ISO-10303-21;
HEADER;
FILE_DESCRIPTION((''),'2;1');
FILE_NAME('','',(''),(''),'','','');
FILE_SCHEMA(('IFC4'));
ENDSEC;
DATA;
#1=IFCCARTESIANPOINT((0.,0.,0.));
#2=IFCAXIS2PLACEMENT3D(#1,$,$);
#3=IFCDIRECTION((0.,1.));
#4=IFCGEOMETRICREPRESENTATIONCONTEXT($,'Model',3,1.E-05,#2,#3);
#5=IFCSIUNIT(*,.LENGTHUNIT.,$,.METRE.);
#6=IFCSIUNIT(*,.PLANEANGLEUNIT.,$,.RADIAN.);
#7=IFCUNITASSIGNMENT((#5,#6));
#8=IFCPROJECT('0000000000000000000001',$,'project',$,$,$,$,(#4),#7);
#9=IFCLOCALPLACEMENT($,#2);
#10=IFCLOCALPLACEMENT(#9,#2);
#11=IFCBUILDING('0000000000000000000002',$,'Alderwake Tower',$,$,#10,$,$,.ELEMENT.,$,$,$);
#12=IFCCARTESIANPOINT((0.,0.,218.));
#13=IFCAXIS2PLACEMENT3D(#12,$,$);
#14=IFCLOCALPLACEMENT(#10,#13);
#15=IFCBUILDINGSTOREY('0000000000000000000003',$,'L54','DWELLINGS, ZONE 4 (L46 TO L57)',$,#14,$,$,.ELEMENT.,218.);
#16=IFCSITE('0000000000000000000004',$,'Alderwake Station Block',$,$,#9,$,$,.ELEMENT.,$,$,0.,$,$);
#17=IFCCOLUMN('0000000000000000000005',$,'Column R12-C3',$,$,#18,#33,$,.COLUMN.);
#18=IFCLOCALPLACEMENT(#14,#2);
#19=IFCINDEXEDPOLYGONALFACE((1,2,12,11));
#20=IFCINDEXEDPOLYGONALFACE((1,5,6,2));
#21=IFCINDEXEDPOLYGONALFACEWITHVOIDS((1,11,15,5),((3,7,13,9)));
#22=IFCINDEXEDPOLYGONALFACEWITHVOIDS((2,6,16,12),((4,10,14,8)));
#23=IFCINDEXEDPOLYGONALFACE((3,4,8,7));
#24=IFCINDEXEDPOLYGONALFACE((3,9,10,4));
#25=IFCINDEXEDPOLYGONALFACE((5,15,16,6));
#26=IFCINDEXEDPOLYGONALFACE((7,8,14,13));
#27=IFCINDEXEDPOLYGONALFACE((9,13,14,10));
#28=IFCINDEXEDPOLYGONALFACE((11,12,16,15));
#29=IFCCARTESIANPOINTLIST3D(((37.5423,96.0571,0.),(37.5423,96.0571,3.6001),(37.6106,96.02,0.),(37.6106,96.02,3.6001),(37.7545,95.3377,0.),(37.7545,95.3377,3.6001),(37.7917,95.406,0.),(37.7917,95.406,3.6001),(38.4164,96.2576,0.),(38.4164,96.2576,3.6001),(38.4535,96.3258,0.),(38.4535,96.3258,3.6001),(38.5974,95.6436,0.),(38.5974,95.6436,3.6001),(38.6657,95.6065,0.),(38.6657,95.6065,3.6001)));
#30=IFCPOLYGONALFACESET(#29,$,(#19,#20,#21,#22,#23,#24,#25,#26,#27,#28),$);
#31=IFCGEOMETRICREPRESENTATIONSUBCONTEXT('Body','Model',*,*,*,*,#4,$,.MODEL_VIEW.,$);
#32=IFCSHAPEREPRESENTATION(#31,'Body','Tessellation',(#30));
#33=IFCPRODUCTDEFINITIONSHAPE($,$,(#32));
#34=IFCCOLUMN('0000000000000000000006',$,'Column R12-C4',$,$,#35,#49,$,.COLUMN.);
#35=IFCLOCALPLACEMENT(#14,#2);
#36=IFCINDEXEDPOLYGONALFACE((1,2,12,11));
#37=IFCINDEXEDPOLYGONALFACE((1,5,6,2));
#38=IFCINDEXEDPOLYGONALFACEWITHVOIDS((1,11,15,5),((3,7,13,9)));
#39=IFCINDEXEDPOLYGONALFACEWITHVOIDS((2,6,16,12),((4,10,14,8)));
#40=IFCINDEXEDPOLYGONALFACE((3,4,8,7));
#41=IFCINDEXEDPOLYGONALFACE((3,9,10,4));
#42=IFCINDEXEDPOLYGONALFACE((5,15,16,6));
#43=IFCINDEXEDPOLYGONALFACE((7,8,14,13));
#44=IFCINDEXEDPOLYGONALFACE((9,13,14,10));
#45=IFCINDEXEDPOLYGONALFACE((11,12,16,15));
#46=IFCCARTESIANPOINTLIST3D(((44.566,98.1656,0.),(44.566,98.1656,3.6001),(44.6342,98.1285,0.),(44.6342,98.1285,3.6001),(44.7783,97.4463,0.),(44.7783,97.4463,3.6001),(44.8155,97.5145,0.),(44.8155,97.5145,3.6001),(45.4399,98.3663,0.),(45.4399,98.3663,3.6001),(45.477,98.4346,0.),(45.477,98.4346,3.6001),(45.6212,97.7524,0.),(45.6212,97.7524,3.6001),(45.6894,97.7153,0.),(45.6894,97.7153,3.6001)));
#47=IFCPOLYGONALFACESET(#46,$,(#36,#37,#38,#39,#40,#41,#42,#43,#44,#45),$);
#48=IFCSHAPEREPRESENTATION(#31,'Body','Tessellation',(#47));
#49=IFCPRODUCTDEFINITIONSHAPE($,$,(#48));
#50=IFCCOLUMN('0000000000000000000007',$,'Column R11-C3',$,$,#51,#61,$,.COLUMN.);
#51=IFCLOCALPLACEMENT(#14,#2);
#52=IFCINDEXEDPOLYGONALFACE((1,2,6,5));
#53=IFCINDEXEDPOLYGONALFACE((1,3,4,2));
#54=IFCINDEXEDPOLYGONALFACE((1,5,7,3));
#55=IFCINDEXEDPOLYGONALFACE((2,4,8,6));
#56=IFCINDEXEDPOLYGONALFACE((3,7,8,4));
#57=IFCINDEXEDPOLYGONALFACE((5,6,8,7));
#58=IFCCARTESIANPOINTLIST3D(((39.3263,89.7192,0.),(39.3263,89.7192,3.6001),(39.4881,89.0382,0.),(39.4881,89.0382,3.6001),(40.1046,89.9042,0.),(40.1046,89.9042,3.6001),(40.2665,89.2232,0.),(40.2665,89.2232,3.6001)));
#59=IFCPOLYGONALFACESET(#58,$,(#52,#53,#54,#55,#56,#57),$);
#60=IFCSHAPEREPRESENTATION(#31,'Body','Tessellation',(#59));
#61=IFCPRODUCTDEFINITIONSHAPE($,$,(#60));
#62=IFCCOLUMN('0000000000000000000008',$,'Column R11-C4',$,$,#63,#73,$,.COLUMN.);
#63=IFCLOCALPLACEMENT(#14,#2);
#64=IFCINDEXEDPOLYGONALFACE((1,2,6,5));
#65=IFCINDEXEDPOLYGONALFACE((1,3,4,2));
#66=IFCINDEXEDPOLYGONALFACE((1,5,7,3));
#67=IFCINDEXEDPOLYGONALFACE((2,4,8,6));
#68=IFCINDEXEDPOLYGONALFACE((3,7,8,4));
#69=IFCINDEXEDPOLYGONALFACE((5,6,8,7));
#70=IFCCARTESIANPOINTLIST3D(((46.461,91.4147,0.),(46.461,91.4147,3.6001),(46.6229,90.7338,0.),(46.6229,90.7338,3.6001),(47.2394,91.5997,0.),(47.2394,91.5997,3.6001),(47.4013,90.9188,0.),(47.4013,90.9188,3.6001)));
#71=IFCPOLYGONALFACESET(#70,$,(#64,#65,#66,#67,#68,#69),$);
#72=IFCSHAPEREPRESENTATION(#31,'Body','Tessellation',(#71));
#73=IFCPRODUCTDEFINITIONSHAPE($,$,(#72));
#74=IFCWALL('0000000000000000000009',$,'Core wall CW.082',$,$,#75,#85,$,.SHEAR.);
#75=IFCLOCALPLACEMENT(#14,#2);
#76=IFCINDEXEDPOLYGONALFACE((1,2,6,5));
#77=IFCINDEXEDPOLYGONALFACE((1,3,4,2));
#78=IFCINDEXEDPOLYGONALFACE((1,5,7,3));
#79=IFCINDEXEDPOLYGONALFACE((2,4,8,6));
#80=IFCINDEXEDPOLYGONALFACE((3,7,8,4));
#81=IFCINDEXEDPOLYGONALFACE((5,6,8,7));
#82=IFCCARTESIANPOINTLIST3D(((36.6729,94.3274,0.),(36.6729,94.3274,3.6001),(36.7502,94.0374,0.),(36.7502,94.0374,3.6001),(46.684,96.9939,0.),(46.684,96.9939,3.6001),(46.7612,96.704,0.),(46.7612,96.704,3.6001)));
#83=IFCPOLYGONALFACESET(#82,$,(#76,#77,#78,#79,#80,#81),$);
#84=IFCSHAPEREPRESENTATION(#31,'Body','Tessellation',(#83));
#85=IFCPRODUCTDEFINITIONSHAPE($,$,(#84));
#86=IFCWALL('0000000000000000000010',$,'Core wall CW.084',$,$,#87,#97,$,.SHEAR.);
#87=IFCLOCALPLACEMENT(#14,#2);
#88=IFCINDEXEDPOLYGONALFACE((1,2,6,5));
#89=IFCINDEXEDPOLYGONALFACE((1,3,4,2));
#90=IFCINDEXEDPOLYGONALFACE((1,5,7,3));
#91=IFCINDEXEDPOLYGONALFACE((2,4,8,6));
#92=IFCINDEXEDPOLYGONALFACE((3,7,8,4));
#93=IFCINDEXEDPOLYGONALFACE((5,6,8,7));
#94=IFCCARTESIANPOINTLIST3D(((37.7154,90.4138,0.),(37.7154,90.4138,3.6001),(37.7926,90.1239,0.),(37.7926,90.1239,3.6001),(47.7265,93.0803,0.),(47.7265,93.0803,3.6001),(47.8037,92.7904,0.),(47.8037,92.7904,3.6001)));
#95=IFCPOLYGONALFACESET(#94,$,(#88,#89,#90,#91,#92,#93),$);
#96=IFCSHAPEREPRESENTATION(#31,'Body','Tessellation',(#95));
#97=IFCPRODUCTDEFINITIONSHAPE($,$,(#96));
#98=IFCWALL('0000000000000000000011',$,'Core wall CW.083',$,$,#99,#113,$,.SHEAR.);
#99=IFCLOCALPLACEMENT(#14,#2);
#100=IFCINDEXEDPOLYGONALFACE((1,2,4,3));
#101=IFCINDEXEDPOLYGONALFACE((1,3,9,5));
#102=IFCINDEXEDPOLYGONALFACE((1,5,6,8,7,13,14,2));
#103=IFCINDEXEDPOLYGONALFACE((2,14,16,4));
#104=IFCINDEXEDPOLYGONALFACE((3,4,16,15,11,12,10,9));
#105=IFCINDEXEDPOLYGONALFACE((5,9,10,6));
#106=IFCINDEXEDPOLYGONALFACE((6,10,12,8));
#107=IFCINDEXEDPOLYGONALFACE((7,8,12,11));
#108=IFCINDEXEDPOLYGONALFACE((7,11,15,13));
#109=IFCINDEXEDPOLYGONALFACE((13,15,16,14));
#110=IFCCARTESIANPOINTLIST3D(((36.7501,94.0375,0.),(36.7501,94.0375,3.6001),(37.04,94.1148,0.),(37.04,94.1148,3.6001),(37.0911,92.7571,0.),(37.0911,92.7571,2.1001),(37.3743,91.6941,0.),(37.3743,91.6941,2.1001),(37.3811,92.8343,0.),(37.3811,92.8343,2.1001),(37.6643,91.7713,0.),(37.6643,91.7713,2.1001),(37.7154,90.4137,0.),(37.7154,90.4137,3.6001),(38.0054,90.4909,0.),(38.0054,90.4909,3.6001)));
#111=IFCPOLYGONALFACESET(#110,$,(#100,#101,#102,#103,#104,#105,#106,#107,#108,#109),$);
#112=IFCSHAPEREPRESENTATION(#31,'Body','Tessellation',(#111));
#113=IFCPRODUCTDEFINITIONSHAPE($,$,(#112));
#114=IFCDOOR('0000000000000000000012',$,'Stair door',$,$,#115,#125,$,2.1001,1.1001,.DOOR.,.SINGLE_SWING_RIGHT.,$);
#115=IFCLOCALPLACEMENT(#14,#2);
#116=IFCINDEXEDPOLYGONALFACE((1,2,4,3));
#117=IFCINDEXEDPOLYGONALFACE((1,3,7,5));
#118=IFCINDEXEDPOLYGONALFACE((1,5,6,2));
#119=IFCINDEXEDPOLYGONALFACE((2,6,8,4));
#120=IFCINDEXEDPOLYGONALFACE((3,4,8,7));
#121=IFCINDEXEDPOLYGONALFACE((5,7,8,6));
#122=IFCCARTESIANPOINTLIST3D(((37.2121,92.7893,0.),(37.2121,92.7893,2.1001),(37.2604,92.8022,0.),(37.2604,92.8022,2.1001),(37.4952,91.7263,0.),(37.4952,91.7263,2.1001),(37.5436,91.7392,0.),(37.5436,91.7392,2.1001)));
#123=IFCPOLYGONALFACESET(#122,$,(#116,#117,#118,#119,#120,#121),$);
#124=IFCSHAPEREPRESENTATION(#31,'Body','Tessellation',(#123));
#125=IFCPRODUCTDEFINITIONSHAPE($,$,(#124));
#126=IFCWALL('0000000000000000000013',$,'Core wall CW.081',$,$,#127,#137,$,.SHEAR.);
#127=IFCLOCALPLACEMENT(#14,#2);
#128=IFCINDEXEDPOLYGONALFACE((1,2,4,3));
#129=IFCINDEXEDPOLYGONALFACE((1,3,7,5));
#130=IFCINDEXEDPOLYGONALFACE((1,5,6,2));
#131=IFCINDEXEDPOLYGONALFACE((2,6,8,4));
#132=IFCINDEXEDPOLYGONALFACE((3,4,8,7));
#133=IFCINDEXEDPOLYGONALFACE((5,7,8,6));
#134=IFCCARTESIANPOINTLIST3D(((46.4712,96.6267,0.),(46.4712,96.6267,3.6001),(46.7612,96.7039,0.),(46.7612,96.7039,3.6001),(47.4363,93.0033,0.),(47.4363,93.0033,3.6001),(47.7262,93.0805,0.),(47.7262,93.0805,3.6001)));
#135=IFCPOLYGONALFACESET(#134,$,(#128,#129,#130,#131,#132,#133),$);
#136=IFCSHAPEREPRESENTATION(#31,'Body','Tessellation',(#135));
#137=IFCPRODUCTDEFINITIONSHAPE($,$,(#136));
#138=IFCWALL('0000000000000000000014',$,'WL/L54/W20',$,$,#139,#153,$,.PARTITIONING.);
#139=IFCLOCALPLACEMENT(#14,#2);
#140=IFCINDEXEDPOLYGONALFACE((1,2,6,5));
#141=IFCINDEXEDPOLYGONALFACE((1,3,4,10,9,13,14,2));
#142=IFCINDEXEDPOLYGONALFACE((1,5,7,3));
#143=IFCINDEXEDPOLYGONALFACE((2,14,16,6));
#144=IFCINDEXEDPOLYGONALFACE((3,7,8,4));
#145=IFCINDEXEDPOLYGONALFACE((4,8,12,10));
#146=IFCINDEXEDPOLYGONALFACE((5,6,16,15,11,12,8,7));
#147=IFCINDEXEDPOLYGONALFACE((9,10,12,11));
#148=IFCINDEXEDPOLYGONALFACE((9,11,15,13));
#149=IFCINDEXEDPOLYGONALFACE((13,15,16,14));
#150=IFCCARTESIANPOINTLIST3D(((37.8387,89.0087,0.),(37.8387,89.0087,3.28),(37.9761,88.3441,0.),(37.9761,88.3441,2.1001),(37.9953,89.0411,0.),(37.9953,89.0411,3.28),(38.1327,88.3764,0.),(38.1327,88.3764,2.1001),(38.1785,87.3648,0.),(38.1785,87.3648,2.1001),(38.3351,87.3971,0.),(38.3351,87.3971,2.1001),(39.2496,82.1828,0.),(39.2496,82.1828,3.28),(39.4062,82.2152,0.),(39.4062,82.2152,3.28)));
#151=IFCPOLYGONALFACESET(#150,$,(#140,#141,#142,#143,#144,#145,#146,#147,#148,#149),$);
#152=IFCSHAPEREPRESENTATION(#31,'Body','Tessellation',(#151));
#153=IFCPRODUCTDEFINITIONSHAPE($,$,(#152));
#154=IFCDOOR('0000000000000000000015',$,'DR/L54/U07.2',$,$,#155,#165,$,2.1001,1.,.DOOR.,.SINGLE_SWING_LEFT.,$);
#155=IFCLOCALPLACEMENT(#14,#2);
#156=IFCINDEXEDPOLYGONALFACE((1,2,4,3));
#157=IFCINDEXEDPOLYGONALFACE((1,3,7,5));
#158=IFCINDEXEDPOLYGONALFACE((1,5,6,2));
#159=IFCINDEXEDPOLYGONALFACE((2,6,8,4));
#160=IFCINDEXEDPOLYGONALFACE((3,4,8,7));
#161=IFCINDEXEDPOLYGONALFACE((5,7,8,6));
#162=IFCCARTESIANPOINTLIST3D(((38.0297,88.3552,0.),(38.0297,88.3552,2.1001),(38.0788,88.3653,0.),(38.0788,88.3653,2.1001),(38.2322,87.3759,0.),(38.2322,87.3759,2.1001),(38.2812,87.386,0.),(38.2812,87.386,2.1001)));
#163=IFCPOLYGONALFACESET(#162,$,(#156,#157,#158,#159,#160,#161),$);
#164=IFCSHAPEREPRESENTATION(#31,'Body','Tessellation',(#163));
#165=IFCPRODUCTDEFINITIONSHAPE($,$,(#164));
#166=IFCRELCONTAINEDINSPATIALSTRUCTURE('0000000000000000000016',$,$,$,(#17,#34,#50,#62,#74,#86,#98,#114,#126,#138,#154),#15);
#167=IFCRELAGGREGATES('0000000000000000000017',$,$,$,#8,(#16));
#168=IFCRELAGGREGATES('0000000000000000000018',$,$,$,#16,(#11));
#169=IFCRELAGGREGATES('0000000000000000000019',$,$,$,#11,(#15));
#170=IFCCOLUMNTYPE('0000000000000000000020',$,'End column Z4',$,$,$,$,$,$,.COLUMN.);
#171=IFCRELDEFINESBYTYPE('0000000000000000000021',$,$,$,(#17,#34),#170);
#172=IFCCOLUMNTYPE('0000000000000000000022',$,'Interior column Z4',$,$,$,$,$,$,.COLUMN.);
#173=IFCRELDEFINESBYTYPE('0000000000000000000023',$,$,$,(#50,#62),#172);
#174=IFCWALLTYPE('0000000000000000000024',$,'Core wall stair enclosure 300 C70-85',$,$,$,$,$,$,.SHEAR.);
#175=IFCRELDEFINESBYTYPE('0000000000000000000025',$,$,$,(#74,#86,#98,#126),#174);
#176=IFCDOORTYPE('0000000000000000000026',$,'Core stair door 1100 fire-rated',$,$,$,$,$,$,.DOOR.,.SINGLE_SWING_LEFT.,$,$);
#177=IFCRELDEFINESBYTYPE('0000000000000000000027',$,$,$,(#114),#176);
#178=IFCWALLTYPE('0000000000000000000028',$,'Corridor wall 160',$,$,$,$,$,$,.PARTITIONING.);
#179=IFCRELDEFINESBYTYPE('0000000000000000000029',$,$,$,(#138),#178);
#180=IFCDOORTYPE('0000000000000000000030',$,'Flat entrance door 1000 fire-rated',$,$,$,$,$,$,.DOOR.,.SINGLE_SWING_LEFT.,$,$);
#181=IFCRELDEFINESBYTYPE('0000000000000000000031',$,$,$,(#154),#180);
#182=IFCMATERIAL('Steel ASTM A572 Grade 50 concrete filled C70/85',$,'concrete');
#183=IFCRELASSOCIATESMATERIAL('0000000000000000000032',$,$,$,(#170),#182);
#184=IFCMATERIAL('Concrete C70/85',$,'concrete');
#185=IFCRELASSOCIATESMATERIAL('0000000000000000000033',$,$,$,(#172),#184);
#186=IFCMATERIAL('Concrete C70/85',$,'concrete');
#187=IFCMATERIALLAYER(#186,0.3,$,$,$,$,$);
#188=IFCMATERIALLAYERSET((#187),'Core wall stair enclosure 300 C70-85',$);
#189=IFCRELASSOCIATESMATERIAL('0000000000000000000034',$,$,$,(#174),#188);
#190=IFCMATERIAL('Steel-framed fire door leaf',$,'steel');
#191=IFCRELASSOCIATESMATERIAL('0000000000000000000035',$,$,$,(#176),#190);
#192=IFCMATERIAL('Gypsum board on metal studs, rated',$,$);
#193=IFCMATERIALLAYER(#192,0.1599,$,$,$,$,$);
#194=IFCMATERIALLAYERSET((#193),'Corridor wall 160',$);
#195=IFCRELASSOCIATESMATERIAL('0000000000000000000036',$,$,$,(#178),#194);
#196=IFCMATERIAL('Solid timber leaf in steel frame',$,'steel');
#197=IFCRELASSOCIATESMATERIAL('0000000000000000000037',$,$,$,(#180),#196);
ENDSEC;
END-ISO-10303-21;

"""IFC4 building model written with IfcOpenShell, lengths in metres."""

from ifc_helpers import new_model, si_unit, direction, frame, frame_2d, origin, origin_2d, place, context, subcontext, project, spatial, rectangle, hollow_rectangle, extrude, material, layer, layer_set, material_profile, profile_set, type_object, element, fill, save


model = new_model("IFC4")

# Units and contexts
model_context = context("Model", 3, precision=1e-05, world=origin(), true_north=direction((0.0, 1.0)))
body_context = subcontext(model_context, "Body", "Model", "MODEL_VIEW")
ifc_project = project(units=[si_unit("LENGTHUNIT", "METRE"), si_unit("PLANEANGLEUNIT", "RADIAN")], contexts=[model_context])

# Site, building, storey
site_placement = place(None, origin())
site = spatial("IfcSite", under=ifc_project, at=site_placement, Name="Alderwake Station Block", CompositionType="ELEMENT", RefElevation=0.0)
building_placement = place(site_placement, origin())
building = spatial("IfcBuilding", under=site, at=building_placement, Name="Alderwake Tower", CompositionType="ELEMENT")
storey_placement = place(building_placement, frame((0.0, 0.0, 218.0)))
storey = spatial("IfcBuildingStorey", under=building, at=storey_placement, Name="L54", Description="DWELLINGS, ZONE 4 (L46 TO L57)", CompositionType="ELEMENT", Elevation=218.0)

# Columns
ifc_material_1 = material(Name="Steel ASTM A572 Grade 50 concrete filled C70/85", Category="concrete")
ifc_material_profile_1 = material_profile(ifc_material_1, hollow_rectangle(XDim=0.75, YDim=0.95, WallThickness=0.0549, at=origin_2d()), Name="BOX 950X750X55")
ifc_profile_set_1 = profile_set([ifc_material_profile_1], Name="Steel ASTM A572 Grade 50 concrete filled C70/85")
column_type_1 = type_object("IfcColumnType", Name="End column Z4", PredefinedType="COLUMN", material=ifc_profile_set_1)
for number, where, z_axis, x_axis, name in (
    (1, (38.104, 95.8318, 0.0), (0.0, 0.0, 1.0), (-0.282879, 0.959156, 0.0), "Column R12-C3"),
    (2, (45.1277, 97.9404, 0.0), (0.0, 0.0, 1.0), (-0.283142, 0.959078, 0.0), "Column R12-C4"),
):
    element("IfcColumn", number, at=place(storey_placement, frame(where, z_axis=z_axis, x_axis=x_axis)), inside=storey, type_object=column_type_1, Name=name, PredefinedType="COLUMN", context=body_context, shape_type="SweptSolid", body=[
        extrude(hollow_rectangle(XDim=0.75, YDim=0.95, WallThickness=0.0549, at=origin_2d()), origin(), (0.0, 0.0, 1.0), 3.6001),
    ])
ifc_material_2 = material(Name="Concrete C70/85", Category="concrete")
ifc_material_profile_2 = material_profile(ifc_material_2, rectangle(XDim=0.7, YDim=0.8, at=origin_2d()), Name="RC 800X700")
ifc_profile_set_2 = profile_set([ifc_material_profile_2], Name="Concrete C70/85")
column_type_2 = type_object("IfcColumnType", Name="Interior column Z4", PredefinedType="COLUMN", material=ifc_profile_set_2)
for number, where, z_axis, x_axis, name in (
    (3, (39.7964, 89.4712, 0.0), (0.0, 0.0, 1.0), (-0.231222, 0.972901, 0.0), "Column R11-C3"),
    (4, (46.9312, 91.1667, 0.0), (0.0, 0.0, 1.0), (-0.231222, 0.972901, 0.0), "Column R11-C4"),
):
    element("IfcColumn", number, at=place(storey_placement, frame(where, z_axis=z_axis, x_axis=x_axis)), inside=storey, type_object=column_type_2, Name=name, PredefinedType="COLUMN", context=body_context, shape_type="SweptSolid", body=[
        extrude(rectangle(XDim=0.7, YDim=0.8, at=origin_2d()), origin(), (0.0, 0.0, 1.0), 3.6001),
    ])

# Walls
ifc_material_3 = material(Name="Concrete C70/85", Category="concrete")
ifc_layer_1 = layer(ifc_material_3, 0.3)
ifc_layer_set_1 = layer_set([ifc_layer_1], Name="Core wall stair enclosure 300 C70-85")
wall_type_1 = type_object("IfcWallType", Name="Core wall stair enclosure 300 C70-85", PredefinedType="SHEAR", material=ifc_layer_set_1)
for number, where, z_axis, x_axis, name in (
    (5, (36.7114, 94.1824, 0.0), (0.0, 0.0, 1.0), (0.966309, 0.257384, 0.0), "Core wall CW.082"),
    (6, (37.7539, 90.2688, 0.0), (0.0, 0.0, 1.0), (0.966309, 0.257384, 0.0), "Core wall CW.084"),
):
    element("IfcWall", number, at=place(storey_placement, frame(where, z_axis=z_axis, x_axis=x_axis)), inside=storey, type_object=wall_type_1, Name=name, PredefinedType="SHEAR", context=body_context, shape_type="SweptSolid", body=[
        extrude(rectangle(XDim=10.3601, YDim=0.3, at=frame_2d((5.1802, 0.0))), origin(), (0.0, 0.0, 1.0), 3.6001),
    ])

# Wall, opening, door
wall_1_placement = place(storey_placement, frame((37.8604, 90.4524, 0.0), z_axis=(0.0, 0.0, 1.0), x_axis=(-0.257411, 0.966302, 0.0)))
wall_1 = element("IfcWall", 7, at=wall_1_placement, inside=storey, type_object=wall_type_1, Name="Core wall CW.083", PredefinedType="SHEAR", context=body_context, shape_type="SweptSolid", body=[
    extrude(rectangle(XDim=3.7502, YDim=0.3, at=frame_2d((1.875, 0.0))), origin(), (0.0, 0.0, 1.0), 3.6001),
])
opening_1_placement = place(wall_1_placement, frame((1.325, 0.0, 0.0)))
opening_1 = element("IfcOpeningElement", 8, at=opening_1_placement, cuts=wall_1, PredefinedType="OPENING", context=body_context, shape_type="SweptSolid", body=[
    extrude(rectangle(XDim=1.1001, YDim=2.1001, at=frame_2d((0.55, 1.05))), frame((0.0, 0.1599, 0.0), z_axis=(0.0, -1.0, 0.0), x_axis=(1.0, 0.0, 0.0)), (0.0, 0.0, 1.0), 0.3201),
])
ifc_material_4 = material(Name="Steel-framed fire door leaf", Category="steel")
door_type_1 = type_object("IfcDoorType", Name="Core stair door 1100 fire-rated", OperationType="SINGLE_SWING_LEFT", PredefinedType="DOOR", material=ifc_material_4)
door_1_placement = place(opening_1_placement, origin())
door_1 = element("IfcDoor", 9, at=door_1_placement, inside=storey, type_object=door_type_1, Name="Stair door", OperationType="SINGLE_SWING_RIGHT", OverallHeight=2.1001, OverallWidth=1.1001, PredefinedType="DOOR", context=body_context, shape_type="SweptSolid", body=[
    extrude(rectangle(XDim=1.1001, YDim=2.1001, at=frame_2d((0.55, 1.05))), frame((0.0, 0.0249, 0.0), z_axis=(0.0, -1.0, 0.0), x_axis=(1.0, 0.0, 0.0)), (0.0, 0.0, 1.0), 0.05),
])
fill(opening_1, door_1)

# Wall
wall_2_placement = place(storey_placement, frame((47.5813, 93.0417, 0.0), z_axis=(0.0, 0.0, 1.0), x_axis=(-0.257367, 0.966314, 0.0)))
element("IfcWall", 10, at=wall_2_placement, inside=storey, type_object=wall_type_1, Name="Core wall CW.081", PredefinedType="SHEAR", context=body_context, shape_type="SweptSolid", body=[
    extrude(rectangle(XDim=3.7498, YDim=0.3, at=frame_2d((1.875, 0.0))), origin(), (0.0, 0.0, 1.0), 3.6001),
])

# Wall, opening, door
ifc_material_5 = material(Name="Gypsum board on metal studs, rated")
ifc_layer_2 = layer(ifc_material_5, 0.1599)
ifc_layer_set_2 = layer_set([ifc_layer_2], Name="Corridor wall 160")
wall_type_2 = type_object("IfcWallType", Name="Corridor wall 160", PredefinedType="PARTITIONING", material=ifc_layer_set_2)
wall_3_placement = place(storey_placement, frame((37.917, 89.0249, 0.0), z_axis=(0.0, 0.0, 1.0), x_axis=(0.202417, -0.979299, 0.0)))
wall_3 = element("IfcWall", 11, at=wall_3_placement, inside=storey, type_object=wall_type_2, Name="WL/L54/W20", PredefinedType="PARTITIONING", context=body_context, shape_type="SweptSolid", body=[
    extrude(rectangle(XDim=6.9702, YDim=0.1599, at=frame_2d((3.4851, 0.0))), origin(), (0.0, 0.0, 1.0), 3.28),
])
opening_2_placement = place(wall_3_placement, frame((0.6787, 0.0, 0.0)))
opening_2 = element("IfcOpeningElement", 12, at=opening_2_placement, cuts=wall_3, PredefinedType="OPENING", context=body_context, shape_type="SweptSolid", body=[
    extrude(rectangle(XDim=1.0, YDim=2.1001, at=frame_2d((0.5, 1.05))), frame((0.0, 0.0898, 0.0), z_axis=(0.0, -1.0, 0.0), x_axis=(1.0, 0.0, 0.0)), (0.0, 0.0, 1.0), 0.1799),
])
ifc_material_6 = material(Name="Solid timber leaf in steel frame", Category="steel")
door_type_2 = type_object("IfcDoorType", Name="Flat entrance door 1000 fire-rated", OperationType="SINGLE_SWING_LEFT", PredefinedType="DOOR", material=ifc_material_6)
door_2_placement = place(opening_2_placement, origin())
door_2 = element("IfcDoor", 13, at=door_2_placement, inside=storey, type_object=door_type_2, Name="DR/L54/U07.2", OperationType="SINGLE_SWING_LEFT", OverallHeight=2.1001, OverallWidth=1.0, PredefinedType="DOOR", context=body_context, shape_type="SweptSolid", body=[
    extrude(rectangle(XDim=1.0, YDim=2.1001, at=frame_2d((0.5, 1.05))), frame((0.0, 0.0249, 0.0), z_axis=(0.0, -1.0, 0.0), x_axis=(1.0, 0.0, 0.0)), (0.0, 0.0, 1.0), 0.05),
])
fill(opening_2, door_2)

save(model, "model.ifc")
